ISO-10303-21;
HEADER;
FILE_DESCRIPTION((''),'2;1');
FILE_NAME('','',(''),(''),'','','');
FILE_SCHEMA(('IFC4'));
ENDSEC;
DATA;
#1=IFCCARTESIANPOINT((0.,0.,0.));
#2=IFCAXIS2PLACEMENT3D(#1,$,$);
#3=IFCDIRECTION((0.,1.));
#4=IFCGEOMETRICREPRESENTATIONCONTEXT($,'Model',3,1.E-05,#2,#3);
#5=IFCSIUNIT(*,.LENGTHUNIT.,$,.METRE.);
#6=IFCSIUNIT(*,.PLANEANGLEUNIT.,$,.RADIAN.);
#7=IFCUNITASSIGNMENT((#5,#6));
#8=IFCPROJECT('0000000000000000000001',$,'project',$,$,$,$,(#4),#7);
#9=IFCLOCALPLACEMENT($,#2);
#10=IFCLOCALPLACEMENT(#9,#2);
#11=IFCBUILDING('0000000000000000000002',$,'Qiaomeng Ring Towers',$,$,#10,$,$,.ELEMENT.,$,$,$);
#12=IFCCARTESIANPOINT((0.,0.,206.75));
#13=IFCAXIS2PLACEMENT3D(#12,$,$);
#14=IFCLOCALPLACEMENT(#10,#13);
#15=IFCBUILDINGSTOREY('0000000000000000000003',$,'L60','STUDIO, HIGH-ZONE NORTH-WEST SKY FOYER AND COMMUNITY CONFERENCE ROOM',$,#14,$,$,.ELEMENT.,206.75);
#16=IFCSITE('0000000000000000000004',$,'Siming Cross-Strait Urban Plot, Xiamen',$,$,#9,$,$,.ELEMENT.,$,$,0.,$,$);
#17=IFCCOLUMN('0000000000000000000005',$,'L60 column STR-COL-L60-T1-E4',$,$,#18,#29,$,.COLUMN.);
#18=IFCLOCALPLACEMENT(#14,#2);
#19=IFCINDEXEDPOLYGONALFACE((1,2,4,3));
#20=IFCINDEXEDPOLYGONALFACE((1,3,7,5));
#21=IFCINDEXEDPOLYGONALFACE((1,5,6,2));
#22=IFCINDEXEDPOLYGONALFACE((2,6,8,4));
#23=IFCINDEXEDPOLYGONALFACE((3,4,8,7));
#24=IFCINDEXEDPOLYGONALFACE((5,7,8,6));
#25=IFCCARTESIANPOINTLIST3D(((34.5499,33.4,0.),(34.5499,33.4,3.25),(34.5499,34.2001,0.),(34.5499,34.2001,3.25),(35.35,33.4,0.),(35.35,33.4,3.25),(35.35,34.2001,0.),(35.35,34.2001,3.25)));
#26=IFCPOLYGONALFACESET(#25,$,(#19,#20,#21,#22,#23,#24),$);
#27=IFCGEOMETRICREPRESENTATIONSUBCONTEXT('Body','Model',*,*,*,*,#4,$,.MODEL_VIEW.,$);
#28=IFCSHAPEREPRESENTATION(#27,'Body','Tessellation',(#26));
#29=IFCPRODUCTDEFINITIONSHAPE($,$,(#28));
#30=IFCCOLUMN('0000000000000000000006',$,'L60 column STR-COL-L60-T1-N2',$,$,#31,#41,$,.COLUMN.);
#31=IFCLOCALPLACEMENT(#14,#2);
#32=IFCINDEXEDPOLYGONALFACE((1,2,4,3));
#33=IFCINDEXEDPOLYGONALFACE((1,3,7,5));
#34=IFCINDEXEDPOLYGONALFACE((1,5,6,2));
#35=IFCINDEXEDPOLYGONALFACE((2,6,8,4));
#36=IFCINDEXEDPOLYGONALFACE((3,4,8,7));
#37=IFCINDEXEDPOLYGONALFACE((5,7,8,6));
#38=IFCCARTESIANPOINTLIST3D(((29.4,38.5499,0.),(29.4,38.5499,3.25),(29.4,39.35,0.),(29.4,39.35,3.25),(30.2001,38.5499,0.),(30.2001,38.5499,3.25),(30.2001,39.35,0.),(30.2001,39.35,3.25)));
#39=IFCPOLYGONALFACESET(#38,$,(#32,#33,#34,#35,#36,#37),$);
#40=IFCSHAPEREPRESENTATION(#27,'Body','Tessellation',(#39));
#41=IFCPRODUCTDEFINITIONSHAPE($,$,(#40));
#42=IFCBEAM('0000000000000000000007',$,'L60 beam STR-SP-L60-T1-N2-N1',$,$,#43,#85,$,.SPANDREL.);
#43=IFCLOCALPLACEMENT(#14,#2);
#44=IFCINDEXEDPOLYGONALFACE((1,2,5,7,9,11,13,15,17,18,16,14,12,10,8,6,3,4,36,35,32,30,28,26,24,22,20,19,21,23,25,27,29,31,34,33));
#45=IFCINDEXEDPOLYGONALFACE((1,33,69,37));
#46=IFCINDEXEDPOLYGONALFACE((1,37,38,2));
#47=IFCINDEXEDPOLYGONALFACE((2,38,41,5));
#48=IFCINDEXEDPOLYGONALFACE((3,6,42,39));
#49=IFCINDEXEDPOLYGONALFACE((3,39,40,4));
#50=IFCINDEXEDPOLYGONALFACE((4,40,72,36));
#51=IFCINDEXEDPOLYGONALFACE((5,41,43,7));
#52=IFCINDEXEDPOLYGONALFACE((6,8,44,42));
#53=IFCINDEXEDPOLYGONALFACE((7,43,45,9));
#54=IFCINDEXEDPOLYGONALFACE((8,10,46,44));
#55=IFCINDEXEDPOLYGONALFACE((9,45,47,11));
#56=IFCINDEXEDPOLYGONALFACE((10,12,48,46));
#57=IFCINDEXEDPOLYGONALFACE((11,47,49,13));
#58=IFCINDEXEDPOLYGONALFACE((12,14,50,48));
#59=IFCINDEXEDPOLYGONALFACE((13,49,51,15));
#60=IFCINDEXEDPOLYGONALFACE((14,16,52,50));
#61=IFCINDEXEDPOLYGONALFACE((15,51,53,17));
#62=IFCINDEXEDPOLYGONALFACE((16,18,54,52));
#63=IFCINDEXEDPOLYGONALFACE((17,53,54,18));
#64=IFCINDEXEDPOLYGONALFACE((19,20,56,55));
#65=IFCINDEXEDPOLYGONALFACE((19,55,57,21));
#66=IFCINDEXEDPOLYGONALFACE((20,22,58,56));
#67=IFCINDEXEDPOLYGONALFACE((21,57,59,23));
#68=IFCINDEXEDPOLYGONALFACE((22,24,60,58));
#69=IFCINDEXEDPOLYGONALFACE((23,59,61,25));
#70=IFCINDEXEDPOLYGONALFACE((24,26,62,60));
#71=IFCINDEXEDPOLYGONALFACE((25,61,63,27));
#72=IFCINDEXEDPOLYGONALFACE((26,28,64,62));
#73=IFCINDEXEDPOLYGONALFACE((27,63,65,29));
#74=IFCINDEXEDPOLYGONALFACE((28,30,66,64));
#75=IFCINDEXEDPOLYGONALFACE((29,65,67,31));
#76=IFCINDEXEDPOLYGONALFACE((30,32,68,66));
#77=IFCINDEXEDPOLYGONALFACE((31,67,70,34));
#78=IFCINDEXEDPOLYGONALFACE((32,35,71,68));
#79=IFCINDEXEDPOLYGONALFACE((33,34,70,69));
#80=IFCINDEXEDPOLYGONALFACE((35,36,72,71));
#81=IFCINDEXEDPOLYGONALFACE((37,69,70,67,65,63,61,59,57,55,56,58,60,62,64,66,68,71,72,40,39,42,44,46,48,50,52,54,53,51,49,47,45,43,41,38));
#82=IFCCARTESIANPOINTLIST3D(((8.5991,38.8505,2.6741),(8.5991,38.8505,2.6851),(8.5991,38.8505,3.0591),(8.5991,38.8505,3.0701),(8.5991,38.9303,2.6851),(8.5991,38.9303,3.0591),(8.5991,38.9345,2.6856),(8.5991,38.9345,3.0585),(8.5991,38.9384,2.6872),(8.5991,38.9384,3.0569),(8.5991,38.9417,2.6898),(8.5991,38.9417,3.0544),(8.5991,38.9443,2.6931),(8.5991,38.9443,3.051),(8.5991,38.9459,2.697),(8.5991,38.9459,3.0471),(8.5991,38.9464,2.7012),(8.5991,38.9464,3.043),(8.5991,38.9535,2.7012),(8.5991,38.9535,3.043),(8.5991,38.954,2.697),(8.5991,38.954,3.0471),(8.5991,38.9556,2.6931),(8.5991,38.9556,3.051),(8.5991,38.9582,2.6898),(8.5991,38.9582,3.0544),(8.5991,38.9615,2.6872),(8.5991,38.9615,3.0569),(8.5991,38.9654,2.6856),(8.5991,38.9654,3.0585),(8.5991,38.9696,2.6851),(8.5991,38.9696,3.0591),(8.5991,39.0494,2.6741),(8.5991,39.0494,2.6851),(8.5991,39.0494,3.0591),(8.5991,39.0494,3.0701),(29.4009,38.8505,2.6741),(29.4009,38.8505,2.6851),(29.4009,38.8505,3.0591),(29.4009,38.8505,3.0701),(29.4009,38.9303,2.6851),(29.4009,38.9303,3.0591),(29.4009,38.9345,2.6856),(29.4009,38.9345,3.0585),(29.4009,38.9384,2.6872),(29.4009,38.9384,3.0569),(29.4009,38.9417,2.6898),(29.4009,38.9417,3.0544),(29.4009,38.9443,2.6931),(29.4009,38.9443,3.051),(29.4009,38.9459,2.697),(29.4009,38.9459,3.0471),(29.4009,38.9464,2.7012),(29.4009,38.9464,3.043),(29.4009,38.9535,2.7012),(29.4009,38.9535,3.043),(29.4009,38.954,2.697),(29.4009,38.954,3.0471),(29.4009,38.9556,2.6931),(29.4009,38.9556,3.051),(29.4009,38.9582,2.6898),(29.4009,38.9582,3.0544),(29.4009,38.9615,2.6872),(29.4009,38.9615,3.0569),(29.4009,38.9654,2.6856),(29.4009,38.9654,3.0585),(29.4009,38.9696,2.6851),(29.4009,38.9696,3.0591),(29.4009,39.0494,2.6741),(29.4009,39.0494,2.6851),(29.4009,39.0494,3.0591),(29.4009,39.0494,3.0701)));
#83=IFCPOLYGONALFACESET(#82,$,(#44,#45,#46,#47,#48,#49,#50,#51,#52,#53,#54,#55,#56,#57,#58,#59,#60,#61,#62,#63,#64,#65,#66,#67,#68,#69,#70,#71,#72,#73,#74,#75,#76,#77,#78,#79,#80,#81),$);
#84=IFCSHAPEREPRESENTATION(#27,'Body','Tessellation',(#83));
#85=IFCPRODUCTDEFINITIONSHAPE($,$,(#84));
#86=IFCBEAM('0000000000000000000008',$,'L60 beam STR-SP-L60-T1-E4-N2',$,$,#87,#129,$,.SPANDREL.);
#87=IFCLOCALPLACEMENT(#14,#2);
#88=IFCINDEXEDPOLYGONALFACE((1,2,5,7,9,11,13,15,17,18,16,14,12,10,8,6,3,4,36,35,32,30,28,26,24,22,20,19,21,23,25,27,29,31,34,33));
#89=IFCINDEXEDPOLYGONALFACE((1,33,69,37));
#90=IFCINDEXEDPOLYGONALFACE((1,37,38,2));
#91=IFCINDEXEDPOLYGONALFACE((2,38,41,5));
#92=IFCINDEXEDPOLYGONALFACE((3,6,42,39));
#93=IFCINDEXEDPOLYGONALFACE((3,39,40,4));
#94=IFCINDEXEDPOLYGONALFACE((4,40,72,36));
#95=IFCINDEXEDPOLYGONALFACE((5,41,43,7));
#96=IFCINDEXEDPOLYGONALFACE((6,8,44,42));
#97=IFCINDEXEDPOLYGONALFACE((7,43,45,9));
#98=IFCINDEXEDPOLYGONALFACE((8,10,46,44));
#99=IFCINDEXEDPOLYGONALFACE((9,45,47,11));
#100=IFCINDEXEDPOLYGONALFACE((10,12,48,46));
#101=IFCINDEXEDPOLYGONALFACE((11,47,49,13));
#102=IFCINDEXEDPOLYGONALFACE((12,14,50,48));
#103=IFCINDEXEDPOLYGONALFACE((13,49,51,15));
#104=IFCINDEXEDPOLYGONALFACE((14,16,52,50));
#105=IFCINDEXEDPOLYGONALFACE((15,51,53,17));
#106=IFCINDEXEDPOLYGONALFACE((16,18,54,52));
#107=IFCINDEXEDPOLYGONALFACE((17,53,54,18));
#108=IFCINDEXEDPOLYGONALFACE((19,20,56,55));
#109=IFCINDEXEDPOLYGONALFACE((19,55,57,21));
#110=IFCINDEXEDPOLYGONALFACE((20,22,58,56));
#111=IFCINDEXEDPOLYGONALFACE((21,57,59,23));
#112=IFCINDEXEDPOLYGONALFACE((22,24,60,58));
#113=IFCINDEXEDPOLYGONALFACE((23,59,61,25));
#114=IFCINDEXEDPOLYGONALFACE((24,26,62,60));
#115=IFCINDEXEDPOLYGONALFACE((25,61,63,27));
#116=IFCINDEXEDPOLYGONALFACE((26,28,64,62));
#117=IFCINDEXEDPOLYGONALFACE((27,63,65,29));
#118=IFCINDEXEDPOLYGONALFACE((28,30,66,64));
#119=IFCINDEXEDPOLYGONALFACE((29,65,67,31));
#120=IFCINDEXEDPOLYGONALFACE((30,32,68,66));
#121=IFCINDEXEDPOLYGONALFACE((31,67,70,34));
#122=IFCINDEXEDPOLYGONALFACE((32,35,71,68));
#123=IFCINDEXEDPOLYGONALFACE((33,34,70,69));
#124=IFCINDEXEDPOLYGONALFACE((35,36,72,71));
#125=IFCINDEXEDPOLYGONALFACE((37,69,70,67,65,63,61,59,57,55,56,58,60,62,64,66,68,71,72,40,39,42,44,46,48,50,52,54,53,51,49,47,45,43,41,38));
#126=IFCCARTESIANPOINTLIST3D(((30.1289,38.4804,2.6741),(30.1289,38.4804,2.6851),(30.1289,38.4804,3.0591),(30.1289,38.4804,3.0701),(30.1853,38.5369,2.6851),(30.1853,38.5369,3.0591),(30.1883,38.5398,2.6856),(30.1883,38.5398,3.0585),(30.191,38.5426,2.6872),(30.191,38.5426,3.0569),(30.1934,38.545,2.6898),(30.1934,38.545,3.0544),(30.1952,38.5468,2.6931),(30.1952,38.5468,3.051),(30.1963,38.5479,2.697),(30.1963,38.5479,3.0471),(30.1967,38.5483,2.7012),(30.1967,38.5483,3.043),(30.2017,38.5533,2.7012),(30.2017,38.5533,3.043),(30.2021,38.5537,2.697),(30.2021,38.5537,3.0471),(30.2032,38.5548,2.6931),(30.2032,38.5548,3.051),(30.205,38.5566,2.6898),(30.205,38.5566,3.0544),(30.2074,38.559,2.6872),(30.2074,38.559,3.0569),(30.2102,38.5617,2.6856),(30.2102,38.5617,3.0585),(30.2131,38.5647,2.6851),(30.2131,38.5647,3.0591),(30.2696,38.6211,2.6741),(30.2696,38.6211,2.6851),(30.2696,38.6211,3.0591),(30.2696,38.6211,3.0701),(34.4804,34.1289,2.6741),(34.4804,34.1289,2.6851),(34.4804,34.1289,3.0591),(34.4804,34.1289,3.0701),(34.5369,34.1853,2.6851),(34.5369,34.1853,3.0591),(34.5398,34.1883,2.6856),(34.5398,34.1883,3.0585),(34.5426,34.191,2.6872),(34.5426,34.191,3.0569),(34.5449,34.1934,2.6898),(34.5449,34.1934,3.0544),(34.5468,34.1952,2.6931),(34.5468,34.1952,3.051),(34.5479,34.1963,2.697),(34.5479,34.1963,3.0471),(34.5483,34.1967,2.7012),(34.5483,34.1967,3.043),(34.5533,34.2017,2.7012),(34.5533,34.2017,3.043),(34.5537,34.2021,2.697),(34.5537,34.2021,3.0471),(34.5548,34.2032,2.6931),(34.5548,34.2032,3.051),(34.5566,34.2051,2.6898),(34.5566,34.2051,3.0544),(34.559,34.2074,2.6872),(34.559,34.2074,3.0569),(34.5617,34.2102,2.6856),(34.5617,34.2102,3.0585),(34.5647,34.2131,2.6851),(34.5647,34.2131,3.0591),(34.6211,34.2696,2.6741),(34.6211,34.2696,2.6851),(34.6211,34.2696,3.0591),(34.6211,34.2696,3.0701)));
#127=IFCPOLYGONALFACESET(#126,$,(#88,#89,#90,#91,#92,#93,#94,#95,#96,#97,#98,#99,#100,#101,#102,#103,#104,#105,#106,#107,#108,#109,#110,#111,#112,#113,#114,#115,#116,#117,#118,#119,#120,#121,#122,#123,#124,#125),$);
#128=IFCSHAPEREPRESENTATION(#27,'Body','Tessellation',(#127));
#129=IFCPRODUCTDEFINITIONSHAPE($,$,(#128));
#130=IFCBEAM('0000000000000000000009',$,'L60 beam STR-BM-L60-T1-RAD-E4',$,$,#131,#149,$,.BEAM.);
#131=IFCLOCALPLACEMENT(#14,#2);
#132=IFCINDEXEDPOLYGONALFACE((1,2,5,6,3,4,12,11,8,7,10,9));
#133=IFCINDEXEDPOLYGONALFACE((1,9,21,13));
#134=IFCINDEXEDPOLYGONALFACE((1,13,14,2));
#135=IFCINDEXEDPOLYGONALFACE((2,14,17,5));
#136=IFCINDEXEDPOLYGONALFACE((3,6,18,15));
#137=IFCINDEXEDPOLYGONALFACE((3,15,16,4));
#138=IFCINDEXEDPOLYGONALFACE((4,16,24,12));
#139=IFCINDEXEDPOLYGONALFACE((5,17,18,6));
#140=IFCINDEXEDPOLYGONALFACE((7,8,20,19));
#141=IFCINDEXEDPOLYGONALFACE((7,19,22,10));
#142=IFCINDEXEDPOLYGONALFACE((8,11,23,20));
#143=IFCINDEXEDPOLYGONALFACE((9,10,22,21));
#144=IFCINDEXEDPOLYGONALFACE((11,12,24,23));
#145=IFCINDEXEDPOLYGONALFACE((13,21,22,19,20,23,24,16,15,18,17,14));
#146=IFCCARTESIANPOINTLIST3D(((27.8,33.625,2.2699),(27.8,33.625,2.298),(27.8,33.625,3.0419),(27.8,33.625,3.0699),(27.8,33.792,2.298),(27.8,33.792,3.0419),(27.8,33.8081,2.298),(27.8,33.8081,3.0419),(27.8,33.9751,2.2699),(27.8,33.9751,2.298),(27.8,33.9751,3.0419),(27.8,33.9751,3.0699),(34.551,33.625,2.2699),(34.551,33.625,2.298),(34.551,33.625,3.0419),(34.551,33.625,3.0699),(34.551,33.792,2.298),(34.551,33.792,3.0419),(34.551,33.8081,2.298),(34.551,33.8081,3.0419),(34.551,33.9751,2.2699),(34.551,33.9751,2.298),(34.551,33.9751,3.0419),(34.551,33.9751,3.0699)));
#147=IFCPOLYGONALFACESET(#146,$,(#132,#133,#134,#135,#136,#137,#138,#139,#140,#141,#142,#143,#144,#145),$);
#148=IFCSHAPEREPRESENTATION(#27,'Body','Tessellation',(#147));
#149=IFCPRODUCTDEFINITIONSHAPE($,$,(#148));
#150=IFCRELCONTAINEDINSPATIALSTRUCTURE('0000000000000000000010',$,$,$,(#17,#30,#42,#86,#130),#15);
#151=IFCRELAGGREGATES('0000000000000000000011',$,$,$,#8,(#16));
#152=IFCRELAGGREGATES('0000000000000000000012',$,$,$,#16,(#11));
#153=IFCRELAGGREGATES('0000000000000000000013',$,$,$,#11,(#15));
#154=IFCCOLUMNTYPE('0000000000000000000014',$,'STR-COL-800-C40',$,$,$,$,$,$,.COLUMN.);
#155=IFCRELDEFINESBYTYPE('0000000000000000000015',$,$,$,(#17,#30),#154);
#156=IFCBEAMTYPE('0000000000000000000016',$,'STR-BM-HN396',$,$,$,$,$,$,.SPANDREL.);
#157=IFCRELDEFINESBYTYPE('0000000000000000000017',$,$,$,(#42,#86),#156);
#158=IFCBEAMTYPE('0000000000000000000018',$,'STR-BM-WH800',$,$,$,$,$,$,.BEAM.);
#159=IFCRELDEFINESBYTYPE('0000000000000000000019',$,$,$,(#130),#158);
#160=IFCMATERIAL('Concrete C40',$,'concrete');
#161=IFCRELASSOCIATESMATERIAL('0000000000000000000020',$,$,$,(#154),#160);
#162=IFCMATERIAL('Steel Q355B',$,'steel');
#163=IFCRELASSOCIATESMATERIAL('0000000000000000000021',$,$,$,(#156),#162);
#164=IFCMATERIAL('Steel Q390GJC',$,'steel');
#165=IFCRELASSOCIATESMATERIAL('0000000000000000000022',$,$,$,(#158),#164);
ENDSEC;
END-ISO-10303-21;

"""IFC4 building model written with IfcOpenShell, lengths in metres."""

from ifc_helpers import new_model, si_unit, direction, frame, origin, origin_2d, place, context, subcontext, project, spatial, rectangle, i_section, extrude, source, transform, mapped, material, material_profile, profile_set, type_object, element, save


model = new_model("IFC4")

# Units and contexts
model_context = context("Model", 3, precision=1e-05, world=origin(), true_north=direction((0.0, 1.0)))
body_context = subcontext(model_context, "Body", "Model", "MODEL_VIEW")
ifc_project = project(units=[si_unit("LENGTHUNIT", "METRE"), si_unit("PLANEANGLEUNIT", "RADIAN")], contexts=[model_context])

# Site, building, storey
site_placement = place(None, origin())
site = spatial("IfcSite", under=ifc_project, at=site_placement, Name="Siming Cross-Strait Urban Plot, Xiamen", CompositionType="ELEMENT", RefElevation=0.0)
building_placement = place(site_placement, origin())
building = spatial("IfcBuilding", under=site, at=building_placement, Name="Qiaomeng Ring Towers", CompositionType="ELEMENT")
storey_placement = place(building_placement, frame((0.0, 0.0, 206.75)))
storey = spatial("IfcBuildingStorey", under=building, at=storey_placement, Name="L60", Description="STUDIO, HIGH-ZONE NORTH-WEST SKY FOYER AND COMMUNITY CONFERENCE ROOM", CompositionType="ELEMENT", Elevation=206.75)

# Columns
ifc_material_1 = material(Name="Concrete C40", Category="concrete")
ifc_material_profile_1 = material_profile(ifc_material_1, rectangle(XDim=0.8, YDim=0.8, at=origin_2d()), Name="RC COL 800x800")
ifc_profile_set_1 = profile_set([ifc_material_profile_1], Name="Concrete C40")
column_type = type_object("IfcColumnType", Name="STR-COL-800-C40", PredefinedType="COLUMN", material=ifc_profile_set_1)
shared_shape_1 = source(origin(), body_context, "Body", "SweptSolid", [
    extrude(rectangle(XDim=0.8, YDim=0.8, at=origin_2d()), origin(), (0.0, 0.0, 1.0), 3.25),
])
for number, where, z_axis, x_axis, name in (
    (1, (34.95, 33.8, 0.0), (0.0, 0.0, 1.0), (1.0, 0.0, 0.0), "L60 column STR-COL-L60-T1-E4"),
    (2, (29.8, 38.95, 0.0), (0.0, 0.0, 1.0), (1.0, 0.0, 0.0), "L60 column STR-COL-L60-T1-N2"),
):
    element("IfcColumn", number, at=place(storey_placement, frame(where, z_axis=z_axis, x_axis=x_axis)), inside=storey, type_object=column_type, Name=name, PredefinedType="COLUMN", context=body_context, shape_type="MappedRepresentation", body=[
        mapped(shared_shape_1, transform((0.0, 0.0, 0.0), x_axis=(1.0, 0.0, 0.0), y_axis=(0.0, 1.0, 0.0), z_axis=(0.0, 0.0, 1.0), scale=1.0)),
    ])

# Beams
ifc_material_2 = material(Name="Steel Q355B", Category="steel")
ifc_material_profile_2 = material_profile(ifc_material_2, i_section(OverallWidth=0.199, OverallDepth=0.396, WebThickness=0.0071, FlangeThickness=0.011, FilletRadius=0.0161, at=origin_2d()), Name="HN 396x199x7x11")
ifc_profile_set_2 = profile_set([ifc_material_profile_2], Name="Steel Q355B")
beam_type_1 = type_object("IfcBeamType", Name="STR-BM-HN396", PredefinedType="SPANDREL", material=ifc_profile_set_2)
shared_shape_2 = source(origin(), body_context, "Body", "SweptSolid", [
    extrude(i_section(OverallWidth=0.199, OverallDepth=0.396, WebThickness=0.0071, FlangeThickness=0.011, FilletRadius=0.0161, at=origin_2d()), origin(), (0.0, 0.0, 1.0), 20.8018),
])
beam_1_placement = place(storey_placement, frame((29.4009, 38.95, 2.8721), z_axis=(-1.0, 0.0, 0.0), x_axis=(0.0, -1.0, 0.0)))
element("IfcBeam", 3, at=beam_1_placement, inside=storey, type_object=beam_type_1, Name="L60 beam STR-SP-L60-T1-N2-N1", PredefinedType="SPANDREL", context=body_context, shape_type="MappedRepresentation", body=[
    mapped(shared_shape_2, transform((0.0, 0.0, 0.0), x_axis=(1.0, 0.0, 0.0), y_axis=(0.0, 1.0, 0.0), z_axis=(0.0, 0.0, 1.0), scale=1.0)),
])
shared_shape_3 = source(origin(), body_context, "Body", "SweptSolid", [
    extrude(i_section(OverallWidth=0.199, OverallDepth=0.396, WebThickness=0.0071, FlangeThickness=0.011, FilletRadius=0.0161, at=origin_2d()), origin(), (0.0, 0.0, 1.0), 6.1541),
])
beam_2_placement = place(storey_placement, frame((34.5508, 34.1992, 2.8721), z_axis=(-0.707107, 0.707107, 0.0), x_axis=(-0.707107, -0.707107, 0.0)))
element("IfcBeam", 4, at=beam_2_placement, inside=storey, type_object=beam_type_1, Name="L60 beam STR-SP-L60-T1-E4-N2", PredefinedType="SPANDREL", context=body_context, shape_type="MappedRepresentation", body=[
    mapped(shared_shape_3, transform((0.0, 0.0, 0.0), x_axis=(1.0, 0.0, 0.0), y_axis=(0.0, 1.0, 0.0), z_axis=(0.0, 0.0, 1.0), scale=1.0)),
])
ifc_material_3 = material(Name="Steel Q390GJC", Category="steel")
ifc_material_profile_3 = material_profile(ifc_material_3, i_section(OverallWidth=0.3501, OverallDepth=0.8, WebThickness=0.0161, FlangeThickness=0.0281, at=origin_2d()), Name="WH 800x350x16x28")
ifc_profile_set_3 = profile_set([ifc_material_profile_3], Name="Steel Q390GJC")
beam_type_2 = type_object("IfcBeamType", Name="STR-BM-WH800", PredefinedType="BEAM", material=ifc_profile_set_3)
shared_shape_4 = source(origin(), body_context, "Body", "SweptSolid", [
    extrude(i_section(OverallWidth=0.3501, OverallDepth=0.8, WebThickness=0.0161, FlangeThickness=0.0281, at=origin_2d()), origin(), (0.0, 0.0, 1.0), 6.751),
])
beam_3_placement = place(storey_placement, frame((27.8, 33.8, 2.6699), z_axis=(1.0, 0.0, 0.0), x_axis=(0.0, 1.0, 0.0)))
element("IfcBeam", 5, at=beam_3_placement, inside=storey, type_object=beam_type_2, Name="L60 beam STR-BM-L60-T1-RAD-E4", PredefinedType="BEAM", context=body_context, shape_type="MappedRepresentation", body=[
    mapped(shared_shape_4, transform((0.0, 0.0, 0.0), x_axis=(1.0, 0.0, 0.0), y_axis=(0.0, 1.0, 0.0), z_axis=(0.0, 0.0, 1.0), scale=1.0)),
])

save(model, "model.ifc")
